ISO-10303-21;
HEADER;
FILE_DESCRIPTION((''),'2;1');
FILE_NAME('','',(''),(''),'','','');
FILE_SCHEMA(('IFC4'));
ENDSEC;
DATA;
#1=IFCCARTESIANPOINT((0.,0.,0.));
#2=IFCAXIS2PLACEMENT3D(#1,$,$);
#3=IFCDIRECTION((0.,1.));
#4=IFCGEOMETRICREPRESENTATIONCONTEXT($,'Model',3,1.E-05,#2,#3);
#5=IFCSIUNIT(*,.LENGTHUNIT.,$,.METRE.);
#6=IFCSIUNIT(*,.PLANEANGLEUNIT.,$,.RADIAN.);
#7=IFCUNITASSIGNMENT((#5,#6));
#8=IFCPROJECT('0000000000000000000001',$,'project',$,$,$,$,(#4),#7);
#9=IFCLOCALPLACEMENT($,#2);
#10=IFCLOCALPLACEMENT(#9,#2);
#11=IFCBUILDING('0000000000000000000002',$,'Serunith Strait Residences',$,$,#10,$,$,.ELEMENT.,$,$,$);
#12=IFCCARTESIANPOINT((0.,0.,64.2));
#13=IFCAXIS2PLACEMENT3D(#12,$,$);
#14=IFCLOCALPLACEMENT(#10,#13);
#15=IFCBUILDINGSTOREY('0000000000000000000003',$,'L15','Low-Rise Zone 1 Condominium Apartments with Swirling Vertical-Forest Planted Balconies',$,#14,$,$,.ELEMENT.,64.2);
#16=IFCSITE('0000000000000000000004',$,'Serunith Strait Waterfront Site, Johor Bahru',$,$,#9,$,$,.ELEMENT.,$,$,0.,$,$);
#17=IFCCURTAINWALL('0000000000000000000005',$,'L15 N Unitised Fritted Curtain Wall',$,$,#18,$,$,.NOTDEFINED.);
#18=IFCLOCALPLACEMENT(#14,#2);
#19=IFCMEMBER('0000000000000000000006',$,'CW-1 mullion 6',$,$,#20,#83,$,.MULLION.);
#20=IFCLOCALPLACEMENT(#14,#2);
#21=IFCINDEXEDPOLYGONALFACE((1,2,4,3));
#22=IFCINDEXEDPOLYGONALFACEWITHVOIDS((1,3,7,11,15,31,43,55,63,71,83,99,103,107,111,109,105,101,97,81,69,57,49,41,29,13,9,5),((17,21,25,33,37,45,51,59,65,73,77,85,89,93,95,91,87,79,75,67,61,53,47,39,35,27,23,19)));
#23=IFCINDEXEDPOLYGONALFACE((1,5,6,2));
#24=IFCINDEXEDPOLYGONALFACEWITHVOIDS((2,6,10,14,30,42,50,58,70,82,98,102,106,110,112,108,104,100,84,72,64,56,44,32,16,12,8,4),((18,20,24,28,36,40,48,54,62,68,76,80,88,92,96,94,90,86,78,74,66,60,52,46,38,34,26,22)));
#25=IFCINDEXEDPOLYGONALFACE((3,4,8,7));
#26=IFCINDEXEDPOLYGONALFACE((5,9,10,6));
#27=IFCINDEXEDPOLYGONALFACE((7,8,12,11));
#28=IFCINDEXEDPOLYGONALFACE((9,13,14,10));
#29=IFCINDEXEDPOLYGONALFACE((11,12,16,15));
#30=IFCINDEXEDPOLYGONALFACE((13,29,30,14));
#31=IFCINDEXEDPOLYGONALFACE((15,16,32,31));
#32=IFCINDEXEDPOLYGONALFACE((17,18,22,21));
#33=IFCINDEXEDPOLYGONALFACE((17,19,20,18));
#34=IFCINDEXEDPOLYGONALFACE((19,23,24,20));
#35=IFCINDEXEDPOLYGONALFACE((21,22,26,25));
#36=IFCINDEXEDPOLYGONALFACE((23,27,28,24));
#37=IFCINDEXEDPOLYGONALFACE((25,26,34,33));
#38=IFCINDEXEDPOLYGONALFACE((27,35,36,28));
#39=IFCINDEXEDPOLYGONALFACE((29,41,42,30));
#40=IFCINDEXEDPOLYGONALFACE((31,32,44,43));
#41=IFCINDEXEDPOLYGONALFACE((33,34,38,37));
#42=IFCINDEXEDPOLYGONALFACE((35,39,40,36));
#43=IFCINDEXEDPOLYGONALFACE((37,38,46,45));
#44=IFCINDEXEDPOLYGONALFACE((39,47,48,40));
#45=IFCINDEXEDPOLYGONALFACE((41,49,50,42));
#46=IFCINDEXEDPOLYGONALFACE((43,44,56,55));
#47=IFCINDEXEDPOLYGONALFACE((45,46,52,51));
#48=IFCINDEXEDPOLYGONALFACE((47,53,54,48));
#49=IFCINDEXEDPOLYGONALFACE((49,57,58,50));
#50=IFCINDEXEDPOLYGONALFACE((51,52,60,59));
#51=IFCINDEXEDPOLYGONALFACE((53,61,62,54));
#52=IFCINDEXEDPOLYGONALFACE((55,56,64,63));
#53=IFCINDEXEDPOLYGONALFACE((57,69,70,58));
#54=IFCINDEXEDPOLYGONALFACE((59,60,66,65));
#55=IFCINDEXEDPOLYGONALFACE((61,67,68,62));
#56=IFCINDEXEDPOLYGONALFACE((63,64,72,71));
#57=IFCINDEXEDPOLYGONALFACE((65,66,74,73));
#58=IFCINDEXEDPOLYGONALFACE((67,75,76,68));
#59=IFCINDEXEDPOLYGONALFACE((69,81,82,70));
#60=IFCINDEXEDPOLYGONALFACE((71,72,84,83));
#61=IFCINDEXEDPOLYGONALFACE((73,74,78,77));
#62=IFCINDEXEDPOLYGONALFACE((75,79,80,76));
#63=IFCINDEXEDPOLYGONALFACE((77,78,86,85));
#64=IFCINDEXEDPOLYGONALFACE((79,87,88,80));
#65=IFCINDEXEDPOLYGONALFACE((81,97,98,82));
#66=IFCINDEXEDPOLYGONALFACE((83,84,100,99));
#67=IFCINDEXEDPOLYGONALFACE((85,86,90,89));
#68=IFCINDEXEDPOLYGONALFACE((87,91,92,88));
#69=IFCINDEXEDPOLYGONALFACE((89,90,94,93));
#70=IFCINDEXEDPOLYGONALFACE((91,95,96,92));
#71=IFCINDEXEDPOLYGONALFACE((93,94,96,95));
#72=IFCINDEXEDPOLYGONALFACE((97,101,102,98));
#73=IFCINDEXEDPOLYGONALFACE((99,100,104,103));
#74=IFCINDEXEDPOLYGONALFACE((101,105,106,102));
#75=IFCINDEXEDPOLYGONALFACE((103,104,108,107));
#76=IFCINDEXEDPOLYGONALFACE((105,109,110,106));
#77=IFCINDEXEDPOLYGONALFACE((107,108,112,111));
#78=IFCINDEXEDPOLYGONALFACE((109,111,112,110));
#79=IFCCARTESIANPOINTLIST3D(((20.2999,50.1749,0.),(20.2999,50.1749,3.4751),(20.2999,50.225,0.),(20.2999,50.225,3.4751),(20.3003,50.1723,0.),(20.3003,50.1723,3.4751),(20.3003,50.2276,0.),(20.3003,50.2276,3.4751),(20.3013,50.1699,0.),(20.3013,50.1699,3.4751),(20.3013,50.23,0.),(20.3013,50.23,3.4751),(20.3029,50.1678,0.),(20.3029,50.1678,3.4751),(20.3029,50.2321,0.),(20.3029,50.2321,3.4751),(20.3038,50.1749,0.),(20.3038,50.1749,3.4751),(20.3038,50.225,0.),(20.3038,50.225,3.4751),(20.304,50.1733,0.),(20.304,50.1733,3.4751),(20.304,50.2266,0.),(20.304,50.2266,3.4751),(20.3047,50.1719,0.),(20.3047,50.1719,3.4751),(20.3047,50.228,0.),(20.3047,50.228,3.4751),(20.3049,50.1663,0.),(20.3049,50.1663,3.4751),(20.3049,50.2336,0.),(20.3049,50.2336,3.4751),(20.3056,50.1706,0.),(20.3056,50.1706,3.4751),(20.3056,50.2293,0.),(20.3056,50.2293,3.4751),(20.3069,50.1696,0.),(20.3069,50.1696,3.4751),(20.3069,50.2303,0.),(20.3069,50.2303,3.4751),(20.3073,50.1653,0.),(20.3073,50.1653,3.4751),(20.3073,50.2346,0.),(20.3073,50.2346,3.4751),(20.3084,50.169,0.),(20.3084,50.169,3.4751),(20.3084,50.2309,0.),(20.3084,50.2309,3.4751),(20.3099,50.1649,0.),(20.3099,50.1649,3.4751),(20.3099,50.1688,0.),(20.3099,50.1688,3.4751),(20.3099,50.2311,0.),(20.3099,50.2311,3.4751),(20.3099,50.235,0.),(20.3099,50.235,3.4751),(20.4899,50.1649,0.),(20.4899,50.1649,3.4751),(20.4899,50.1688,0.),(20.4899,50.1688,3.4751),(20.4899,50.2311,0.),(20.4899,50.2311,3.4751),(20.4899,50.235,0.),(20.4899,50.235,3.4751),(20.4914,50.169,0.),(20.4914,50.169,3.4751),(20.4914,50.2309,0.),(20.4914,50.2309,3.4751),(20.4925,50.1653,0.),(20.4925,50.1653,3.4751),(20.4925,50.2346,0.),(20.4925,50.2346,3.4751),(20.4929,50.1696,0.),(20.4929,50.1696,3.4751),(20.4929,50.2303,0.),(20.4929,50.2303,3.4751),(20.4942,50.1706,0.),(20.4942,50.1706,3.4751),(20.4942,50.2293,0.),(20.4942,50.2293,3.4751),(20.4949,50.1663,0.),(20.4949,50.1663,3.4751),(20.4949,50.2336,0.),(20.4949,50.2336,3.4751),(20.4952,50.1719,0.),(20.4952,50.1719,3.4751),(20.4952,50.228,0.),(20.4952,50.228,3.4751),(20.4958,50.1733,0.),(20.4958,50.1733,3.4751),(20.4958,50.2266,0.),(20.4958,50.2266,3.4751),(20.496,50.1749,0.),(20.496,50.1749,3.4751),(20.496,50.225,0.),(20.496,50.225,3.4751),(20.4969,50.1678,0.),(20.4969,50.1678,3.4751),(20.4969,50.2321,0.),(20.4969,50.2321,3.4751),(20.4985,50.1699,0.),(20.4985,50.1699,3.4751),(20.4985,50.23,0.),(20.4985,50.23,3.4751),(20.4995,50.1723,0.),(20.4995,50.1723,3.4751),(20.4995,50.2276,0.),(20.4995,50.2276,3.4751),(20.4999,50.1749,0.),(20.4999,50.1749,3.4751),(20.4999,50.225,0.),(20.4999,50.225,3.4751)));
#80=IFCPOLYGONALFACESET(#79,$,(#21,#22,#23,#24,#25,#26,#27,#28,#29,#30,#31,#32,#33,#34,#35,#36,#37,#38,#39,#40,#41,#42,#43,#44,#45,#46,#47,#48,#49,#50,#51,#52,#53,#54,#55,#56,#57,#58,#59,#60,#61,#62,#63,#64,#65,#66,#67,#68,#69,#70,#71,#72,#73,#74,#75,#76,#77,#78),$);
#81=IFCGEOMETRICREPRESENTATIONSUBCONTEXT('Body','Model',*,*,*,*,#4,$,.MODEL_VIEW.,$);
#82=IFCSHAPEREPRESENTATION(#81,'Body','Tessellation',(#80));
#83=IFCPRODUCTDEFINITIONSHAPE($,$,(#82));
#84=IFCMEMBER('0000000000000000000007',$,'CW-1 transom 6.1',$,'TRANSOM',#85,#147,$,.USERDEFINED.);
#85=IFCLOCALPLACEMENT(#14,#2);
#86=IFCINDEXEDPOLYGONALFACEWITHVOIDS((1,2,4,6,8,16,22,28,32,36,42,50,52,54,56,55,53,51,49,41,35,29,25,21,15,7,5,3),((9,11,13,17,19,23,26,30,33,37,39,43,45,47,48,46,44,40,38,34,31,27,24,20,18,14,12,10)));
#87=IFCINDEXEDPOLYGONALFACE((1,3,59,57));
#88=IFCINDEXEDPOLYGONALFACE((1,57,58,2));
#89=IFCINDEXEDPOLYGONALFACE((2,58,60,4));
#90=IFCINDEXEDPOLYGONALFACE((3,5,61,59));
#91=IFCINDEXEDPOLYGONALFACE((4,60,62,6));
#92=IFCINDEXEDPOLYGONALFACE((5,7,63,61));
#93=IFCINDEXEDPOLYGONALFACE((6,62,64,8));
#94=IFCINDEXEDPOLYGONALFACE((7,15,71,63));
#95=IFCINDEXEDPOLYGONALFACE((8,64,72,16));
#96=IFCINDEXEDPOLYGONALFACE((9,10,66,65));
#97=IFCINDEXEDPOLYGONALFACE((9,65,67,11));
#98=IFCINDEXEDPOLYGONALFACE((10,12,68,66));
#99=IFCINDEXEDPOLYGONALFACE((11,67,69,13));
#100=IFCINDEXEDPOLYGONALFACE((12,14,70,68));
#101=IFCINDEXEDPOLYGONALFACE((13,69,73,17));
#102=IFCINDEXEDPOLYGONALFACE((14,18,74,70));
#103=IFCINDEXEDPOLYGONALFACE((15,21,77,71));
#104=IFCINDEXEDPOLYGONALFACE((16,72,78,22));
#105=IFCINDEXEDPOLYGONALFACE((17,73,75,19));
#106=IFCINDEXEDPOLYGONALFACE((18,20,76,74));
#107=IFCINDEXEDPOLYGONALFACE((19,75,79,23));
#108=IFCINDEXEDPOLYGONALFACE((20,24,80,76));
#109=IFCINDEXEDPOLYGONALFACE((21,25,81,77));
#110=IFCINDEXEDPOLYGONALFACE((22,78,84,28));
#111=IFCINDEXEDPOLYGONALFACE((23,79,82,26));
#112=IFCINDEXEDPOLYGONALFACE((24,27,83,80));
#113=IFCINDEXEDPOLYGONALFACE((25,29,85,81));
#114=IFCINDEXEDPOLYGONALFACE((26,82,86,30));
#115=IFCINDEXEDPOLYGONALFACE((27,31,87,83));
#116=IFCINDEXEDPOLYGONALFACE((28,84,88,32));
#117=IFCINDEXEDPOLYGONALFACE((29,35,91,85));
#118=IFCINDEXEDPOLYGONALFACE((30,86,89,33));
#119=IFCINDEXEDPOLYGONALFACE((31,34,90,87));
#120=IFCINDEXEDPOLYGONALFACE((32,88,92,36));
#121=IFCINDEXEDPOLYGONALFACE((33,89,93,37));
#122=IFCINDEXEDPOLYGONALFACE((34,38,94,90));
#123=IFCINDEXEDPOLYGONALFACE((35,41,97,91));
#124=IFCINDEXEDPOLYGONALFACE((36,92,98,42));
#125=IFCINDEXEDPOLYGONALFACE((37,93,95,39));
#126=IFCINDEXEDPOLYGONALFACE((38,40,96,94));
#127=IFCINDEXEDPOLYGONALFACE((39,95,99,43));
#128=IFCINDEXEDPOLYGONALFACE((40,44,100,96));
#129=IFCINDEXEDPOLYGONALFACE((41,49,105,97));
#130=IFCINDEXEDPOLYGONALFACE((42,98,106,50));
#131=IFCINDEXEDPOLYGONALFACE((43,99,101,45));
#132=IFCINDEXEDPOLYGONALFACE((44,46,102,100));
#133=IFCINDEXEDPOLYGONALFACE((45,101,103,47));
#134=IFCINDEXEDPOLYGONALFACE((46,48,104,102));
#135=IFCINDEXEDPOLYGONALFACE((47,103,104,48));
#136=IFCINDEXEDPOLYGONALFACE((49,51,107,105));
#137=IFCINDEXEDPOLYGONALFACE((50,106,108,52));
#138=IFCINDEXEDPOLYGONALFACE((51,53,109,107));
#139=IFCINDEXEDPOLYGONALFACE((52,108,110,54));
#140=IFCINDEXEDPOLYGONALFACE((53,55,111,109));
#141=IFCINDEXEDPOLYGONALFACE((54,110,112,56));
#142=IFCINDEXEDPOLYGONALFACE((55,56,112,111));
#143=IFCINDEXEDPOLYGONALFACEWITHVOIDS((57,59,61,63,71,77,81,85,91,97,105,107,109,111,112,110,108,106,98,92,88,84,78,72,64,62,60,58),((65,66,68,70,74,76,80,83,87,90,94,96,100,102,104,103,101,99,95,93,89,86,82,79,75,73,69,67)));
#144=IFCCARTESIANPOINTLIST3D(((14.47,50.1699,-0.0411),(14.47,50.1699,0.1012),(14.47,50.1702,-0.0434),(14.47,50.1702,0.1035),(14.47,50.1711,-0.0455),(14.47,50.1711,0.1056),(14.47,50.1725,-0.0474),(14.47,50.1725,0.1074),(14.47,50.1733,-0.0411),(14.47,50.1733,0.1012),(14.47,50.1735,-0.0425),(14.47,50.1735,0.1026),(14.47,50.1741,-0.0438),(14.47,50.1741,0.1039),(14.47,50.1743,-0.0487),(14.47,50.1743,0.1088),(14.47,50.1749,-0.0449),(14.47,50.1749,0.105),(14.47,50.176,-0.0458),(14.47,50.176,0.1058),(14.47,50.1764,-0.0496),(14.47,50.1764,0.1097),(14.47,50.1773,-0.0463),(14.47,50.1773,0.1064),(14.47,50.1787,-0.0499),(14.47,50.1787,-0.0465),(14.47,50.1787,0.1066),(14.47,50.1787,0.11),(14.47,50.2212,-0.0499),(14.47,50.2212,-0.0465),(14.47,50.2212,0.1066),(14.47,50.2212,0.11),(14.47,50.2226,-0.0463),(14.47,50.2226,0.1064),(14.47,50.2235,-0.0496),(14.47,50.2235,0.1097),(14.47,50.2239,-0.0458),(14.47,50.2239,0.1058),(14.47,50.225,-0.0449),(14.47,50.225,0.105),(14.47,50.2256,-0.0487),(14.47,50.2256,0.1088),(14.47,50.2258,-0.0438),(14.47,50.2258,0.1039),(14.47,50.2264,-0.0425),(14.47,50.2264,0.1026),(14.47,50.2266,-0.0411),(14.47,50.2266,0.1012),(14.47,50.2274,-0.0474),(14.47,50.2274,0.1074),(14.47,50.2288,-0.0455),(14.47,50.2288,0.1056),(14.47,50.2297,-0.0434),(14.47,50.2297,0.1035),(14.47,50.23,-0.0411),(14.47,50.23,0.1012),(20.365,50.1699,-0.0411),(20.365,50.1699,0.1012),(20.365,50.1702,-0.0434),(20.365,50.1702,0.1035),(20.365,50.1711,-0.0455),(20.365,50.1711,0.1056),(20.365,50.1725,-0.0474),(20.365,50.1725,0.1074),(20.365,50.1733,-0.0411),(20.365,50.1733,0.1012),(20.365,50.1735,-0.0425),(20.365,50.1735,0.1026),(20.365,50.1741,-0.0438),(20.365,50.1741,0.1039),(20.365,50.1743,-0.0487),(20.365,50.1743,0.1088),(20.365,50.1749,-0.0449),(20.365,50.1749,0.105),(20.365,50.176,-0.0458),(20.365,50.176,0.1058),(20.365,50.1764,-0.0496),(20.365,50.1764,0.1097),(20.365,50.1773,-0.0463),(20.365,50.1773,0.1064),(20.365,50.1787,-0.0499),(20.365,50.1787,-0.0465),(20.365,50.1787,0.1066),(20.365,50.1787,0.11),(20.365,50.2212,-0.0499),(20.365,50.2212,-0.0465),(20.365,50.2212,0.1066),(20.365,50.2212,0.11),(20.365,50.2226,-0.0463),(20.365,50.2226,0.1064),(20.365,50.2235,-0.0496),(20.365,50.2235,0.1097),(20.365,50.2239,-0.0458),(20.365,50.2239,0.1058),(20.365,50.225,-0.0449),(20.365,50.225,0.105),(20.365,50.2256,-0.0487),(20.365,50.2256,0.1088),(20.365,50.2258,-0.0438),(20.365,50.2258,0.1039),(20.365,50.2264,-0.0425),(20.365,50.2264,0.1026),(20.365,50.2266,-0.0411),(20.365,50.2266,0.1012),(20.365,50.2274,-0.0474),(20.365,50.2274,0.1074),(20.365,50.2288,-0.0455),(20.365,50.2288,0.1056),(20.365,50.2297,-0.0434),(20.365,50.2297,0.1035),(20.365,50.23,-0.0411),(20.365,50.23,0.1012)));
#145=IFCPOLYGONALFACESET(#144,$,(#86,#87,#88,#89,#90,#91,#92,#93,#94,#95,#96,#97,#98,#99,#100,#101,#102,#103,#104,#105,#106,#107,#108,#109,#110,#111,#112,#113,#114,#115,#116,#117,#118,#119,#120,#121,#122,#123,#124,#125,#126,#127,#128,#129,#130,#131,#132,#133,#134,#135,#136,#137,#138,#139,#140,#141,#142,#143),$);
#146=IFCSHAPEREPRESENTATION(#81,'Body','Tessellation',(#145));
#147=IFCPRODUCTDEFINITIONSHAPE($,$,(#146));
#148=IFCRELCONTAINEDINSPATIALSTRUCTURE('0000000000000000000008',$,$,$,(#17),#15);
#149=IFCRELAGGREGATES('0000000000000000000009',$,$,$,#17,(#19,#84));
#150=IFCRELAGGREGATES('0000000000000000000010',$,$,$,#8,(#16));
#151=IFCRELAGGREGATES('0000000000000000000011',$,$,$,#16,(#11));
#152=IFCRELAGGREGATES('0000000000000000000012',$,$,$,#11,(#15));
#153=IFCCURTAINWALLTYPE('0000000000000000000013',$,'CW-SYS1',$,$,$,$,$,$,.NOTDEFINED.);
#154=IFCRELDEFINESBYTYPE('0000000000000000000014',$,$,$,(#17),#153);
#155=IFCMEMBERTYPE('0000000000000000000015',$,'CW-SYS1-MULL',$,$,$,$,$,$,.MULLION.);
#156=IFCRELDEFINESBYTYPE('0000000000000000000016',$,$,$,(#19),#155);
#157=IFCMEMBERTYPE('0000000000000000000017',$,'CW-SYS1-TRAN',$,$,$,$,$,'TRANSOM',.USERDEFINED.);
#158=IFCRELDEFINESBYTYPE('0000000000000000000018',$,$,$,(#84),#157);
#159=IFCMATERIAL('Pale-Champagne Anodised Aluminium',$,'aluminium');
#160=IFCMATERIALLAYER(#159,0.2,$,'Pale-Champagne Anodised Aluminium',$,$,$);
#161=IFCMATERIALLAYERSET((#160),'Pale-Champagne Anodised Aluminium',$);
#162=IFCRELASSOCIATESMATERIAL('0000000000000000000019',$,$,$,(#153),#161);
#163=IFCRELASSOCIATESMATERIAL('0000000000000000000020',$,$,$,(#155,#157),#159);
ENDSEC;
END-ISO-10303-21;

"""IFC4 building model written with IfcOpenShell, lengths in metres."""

from ifc_helpers import new_model, si_unit, direction, frame, origin, origin_2d, place, context, subcontext, project, spatial, hollow_rectangle, extrude, source, transform, mapped, material, layer, layer_set, material_profile, profile_set, type_object, element, aggregate, save


model = new_model("IFC4")

# Units and contexts
model_context = context("Model", 3, precision=1e-05, world=origin(), true_north=direction((0.0, 1.0)))
body_context = subcontext(model_context, "Body", "Model", "MODEL_VIEW")
ifc_project = project(units=[si_unit("LENGTHUNIT", "METRE"), si_unit("PLANEANGLEUNIT", "RADIAN")], contexts=[model_context])

# Site, building, storey
site_placement = place(None, origin())
site = spatial("IfcSite", under=ifc_project, at=site_placement, Name="Serunith Strait Waterfront Site, Johor Bahru", CompositionType="ELEMENT", RefElevation=0.0)
building_placement = place(site_placement, origin())
building = spatial("IfcBuilding", under=site, at=building_placement, Name="Serunith Strait Residences", CompositionType="ELEMENT")
storey_placement = place(building_placement, frame((0.0, 0.0, 64.2)))
storey = spatial("IfcBuildingStorey", under=building, at=storey_placement, Name="L15", Description="Low-Rise Zone 1 Condominium Apartments with Swirling Vertical-Forest Planted Balconies", CompositionType="ELEMENT", Elevation=64.2)

# Curtain wall, members
ifc_material_1 = material(Name="Pale-Champagne Anodised Aluminium", Category="aluminium")
ifc_layer_1 = layer(ifc_material_1, 0.2, Name="Pale-Champagne Anodised Aluminium")
ifc_layer_set_1 = layer_set([ifc_layer_1], Name="Pale-Champagne Anodised Aluminium")
curtain_wall_type = type_object("IfcCurtainWallType", Name="CW-SYS1", PredefinedType="NOTDEFINED", material=ifc_layer_set_1)
curtain_wall_placement = place(storey_placement, origin())
curtain_wall = element("IfcCurtainWall", 1, at=curtain_wall_placement, inside=storey, type_object=curtain_wall_type, Name="L15 N Unitised Fritted Curtain Wall", PredefinedType="NOTDEFINED")
ifc_material_profile_1 = material_profile(ifc_material_1, hollow_rectangle(XDim=0.0701, YDim=0.2, WallThickness=0.0039, InnerFilletRadius=0.0061, OuterFilletRadius=0.01, at=origin_2d()), Name="ALU 200x70x4")
ifc_profile_set_1 = profile_set([ifc_material_profile_1], Name="Pale-Champagne Anodised Aluminium")
member_type_1 = type_object("IfcMemberType", Name="CW-SYS1-MULL", PredefinedType="MULLION", material=ifc_profile_set_1)
shared_shape_1 = source(origin(), body_context, "Body", "SweptSolid", [
    extrude(hollow_rectangle(XDim=0.0701, YDim=0.2, WallThickness=0.0039, InnerFilletRadius=0.0061, OuterFilletRadius=0.01, at=origin_2d()), origin(), (0.0, 0.0, 1.0), 3.4751),
])
member_1_placement = place(storey_placement, frame((20.3999, 50.2, 0.0), z_axis=(0.0, 0.0, 1.0), x_axis=(0.0, -1.0, 0.0)))
member_1 = element("IfcMember", 2, at=member_1_placement, type_object=member_type_1, Name="CW-1 mullion 6", PredefinedType="MULLION", context=body_context, shape_type="MappedRepresentation", body=[
    mapped(shared_shape_1, transform((0.0, 0.0, 0.0), scale=1.0)),
])
ifc_material_profile_2 = material_profile(ifc_material_1, hollow_rectangle(XDim=0.0601, YDim=0.1599, WallThickness=0.0034, InnerFilletRadius=0.0054, OuterFilletRadius=0.0088, at=origin_2d()), Name="ALU 160x60x3.5")
ifc_profile_set_2 = profile_set([ifc_material_profile_2], Name="Pale-Champagne Anodised Aluminium")
member_type_2 = type_object("IfcMemberType", Name="CW-SYS1-TRAN", ElementType="TRANSOM", PredefinedType="USERDEFINED", material=ifc_profile_set_2)
shared_shape_2 = source(origin(), body_context, "Body", "SweptSolid", [
    extrude(hollow_rectangle(XDim=0.0601, YDim=0.1599, WallThickness=0.0034, InnerFilletRadius=0.0054, OuterFilletRadius=0.0088, at=origin_2d()), origin(), (0.0, 0.0, 1.0), 5.895),
])
member_2_placement = place(storey_placement, frame((20.365, 50.2, 0.03), z_axis=(-1.0, 0.0, 0.0), x_axis=(0.0, -1.0, 0.0)))
member_2 = element("IfcMember", 3, at=member_2_placement, type_object=member_type_2, Name="CW-1 transom 6.1", ObjectType="TRANSOM", PredefinedType="USERDEFINED", context=body_context, shape_type="MappedRepresentation", body=[
    mapped(shared_shape_2, transform((0.0, 0.0, 0.0), scale=1.0)),
])
aggregate(curtain_wall, [member_1, member_2])

save(model, "model.ifc")
